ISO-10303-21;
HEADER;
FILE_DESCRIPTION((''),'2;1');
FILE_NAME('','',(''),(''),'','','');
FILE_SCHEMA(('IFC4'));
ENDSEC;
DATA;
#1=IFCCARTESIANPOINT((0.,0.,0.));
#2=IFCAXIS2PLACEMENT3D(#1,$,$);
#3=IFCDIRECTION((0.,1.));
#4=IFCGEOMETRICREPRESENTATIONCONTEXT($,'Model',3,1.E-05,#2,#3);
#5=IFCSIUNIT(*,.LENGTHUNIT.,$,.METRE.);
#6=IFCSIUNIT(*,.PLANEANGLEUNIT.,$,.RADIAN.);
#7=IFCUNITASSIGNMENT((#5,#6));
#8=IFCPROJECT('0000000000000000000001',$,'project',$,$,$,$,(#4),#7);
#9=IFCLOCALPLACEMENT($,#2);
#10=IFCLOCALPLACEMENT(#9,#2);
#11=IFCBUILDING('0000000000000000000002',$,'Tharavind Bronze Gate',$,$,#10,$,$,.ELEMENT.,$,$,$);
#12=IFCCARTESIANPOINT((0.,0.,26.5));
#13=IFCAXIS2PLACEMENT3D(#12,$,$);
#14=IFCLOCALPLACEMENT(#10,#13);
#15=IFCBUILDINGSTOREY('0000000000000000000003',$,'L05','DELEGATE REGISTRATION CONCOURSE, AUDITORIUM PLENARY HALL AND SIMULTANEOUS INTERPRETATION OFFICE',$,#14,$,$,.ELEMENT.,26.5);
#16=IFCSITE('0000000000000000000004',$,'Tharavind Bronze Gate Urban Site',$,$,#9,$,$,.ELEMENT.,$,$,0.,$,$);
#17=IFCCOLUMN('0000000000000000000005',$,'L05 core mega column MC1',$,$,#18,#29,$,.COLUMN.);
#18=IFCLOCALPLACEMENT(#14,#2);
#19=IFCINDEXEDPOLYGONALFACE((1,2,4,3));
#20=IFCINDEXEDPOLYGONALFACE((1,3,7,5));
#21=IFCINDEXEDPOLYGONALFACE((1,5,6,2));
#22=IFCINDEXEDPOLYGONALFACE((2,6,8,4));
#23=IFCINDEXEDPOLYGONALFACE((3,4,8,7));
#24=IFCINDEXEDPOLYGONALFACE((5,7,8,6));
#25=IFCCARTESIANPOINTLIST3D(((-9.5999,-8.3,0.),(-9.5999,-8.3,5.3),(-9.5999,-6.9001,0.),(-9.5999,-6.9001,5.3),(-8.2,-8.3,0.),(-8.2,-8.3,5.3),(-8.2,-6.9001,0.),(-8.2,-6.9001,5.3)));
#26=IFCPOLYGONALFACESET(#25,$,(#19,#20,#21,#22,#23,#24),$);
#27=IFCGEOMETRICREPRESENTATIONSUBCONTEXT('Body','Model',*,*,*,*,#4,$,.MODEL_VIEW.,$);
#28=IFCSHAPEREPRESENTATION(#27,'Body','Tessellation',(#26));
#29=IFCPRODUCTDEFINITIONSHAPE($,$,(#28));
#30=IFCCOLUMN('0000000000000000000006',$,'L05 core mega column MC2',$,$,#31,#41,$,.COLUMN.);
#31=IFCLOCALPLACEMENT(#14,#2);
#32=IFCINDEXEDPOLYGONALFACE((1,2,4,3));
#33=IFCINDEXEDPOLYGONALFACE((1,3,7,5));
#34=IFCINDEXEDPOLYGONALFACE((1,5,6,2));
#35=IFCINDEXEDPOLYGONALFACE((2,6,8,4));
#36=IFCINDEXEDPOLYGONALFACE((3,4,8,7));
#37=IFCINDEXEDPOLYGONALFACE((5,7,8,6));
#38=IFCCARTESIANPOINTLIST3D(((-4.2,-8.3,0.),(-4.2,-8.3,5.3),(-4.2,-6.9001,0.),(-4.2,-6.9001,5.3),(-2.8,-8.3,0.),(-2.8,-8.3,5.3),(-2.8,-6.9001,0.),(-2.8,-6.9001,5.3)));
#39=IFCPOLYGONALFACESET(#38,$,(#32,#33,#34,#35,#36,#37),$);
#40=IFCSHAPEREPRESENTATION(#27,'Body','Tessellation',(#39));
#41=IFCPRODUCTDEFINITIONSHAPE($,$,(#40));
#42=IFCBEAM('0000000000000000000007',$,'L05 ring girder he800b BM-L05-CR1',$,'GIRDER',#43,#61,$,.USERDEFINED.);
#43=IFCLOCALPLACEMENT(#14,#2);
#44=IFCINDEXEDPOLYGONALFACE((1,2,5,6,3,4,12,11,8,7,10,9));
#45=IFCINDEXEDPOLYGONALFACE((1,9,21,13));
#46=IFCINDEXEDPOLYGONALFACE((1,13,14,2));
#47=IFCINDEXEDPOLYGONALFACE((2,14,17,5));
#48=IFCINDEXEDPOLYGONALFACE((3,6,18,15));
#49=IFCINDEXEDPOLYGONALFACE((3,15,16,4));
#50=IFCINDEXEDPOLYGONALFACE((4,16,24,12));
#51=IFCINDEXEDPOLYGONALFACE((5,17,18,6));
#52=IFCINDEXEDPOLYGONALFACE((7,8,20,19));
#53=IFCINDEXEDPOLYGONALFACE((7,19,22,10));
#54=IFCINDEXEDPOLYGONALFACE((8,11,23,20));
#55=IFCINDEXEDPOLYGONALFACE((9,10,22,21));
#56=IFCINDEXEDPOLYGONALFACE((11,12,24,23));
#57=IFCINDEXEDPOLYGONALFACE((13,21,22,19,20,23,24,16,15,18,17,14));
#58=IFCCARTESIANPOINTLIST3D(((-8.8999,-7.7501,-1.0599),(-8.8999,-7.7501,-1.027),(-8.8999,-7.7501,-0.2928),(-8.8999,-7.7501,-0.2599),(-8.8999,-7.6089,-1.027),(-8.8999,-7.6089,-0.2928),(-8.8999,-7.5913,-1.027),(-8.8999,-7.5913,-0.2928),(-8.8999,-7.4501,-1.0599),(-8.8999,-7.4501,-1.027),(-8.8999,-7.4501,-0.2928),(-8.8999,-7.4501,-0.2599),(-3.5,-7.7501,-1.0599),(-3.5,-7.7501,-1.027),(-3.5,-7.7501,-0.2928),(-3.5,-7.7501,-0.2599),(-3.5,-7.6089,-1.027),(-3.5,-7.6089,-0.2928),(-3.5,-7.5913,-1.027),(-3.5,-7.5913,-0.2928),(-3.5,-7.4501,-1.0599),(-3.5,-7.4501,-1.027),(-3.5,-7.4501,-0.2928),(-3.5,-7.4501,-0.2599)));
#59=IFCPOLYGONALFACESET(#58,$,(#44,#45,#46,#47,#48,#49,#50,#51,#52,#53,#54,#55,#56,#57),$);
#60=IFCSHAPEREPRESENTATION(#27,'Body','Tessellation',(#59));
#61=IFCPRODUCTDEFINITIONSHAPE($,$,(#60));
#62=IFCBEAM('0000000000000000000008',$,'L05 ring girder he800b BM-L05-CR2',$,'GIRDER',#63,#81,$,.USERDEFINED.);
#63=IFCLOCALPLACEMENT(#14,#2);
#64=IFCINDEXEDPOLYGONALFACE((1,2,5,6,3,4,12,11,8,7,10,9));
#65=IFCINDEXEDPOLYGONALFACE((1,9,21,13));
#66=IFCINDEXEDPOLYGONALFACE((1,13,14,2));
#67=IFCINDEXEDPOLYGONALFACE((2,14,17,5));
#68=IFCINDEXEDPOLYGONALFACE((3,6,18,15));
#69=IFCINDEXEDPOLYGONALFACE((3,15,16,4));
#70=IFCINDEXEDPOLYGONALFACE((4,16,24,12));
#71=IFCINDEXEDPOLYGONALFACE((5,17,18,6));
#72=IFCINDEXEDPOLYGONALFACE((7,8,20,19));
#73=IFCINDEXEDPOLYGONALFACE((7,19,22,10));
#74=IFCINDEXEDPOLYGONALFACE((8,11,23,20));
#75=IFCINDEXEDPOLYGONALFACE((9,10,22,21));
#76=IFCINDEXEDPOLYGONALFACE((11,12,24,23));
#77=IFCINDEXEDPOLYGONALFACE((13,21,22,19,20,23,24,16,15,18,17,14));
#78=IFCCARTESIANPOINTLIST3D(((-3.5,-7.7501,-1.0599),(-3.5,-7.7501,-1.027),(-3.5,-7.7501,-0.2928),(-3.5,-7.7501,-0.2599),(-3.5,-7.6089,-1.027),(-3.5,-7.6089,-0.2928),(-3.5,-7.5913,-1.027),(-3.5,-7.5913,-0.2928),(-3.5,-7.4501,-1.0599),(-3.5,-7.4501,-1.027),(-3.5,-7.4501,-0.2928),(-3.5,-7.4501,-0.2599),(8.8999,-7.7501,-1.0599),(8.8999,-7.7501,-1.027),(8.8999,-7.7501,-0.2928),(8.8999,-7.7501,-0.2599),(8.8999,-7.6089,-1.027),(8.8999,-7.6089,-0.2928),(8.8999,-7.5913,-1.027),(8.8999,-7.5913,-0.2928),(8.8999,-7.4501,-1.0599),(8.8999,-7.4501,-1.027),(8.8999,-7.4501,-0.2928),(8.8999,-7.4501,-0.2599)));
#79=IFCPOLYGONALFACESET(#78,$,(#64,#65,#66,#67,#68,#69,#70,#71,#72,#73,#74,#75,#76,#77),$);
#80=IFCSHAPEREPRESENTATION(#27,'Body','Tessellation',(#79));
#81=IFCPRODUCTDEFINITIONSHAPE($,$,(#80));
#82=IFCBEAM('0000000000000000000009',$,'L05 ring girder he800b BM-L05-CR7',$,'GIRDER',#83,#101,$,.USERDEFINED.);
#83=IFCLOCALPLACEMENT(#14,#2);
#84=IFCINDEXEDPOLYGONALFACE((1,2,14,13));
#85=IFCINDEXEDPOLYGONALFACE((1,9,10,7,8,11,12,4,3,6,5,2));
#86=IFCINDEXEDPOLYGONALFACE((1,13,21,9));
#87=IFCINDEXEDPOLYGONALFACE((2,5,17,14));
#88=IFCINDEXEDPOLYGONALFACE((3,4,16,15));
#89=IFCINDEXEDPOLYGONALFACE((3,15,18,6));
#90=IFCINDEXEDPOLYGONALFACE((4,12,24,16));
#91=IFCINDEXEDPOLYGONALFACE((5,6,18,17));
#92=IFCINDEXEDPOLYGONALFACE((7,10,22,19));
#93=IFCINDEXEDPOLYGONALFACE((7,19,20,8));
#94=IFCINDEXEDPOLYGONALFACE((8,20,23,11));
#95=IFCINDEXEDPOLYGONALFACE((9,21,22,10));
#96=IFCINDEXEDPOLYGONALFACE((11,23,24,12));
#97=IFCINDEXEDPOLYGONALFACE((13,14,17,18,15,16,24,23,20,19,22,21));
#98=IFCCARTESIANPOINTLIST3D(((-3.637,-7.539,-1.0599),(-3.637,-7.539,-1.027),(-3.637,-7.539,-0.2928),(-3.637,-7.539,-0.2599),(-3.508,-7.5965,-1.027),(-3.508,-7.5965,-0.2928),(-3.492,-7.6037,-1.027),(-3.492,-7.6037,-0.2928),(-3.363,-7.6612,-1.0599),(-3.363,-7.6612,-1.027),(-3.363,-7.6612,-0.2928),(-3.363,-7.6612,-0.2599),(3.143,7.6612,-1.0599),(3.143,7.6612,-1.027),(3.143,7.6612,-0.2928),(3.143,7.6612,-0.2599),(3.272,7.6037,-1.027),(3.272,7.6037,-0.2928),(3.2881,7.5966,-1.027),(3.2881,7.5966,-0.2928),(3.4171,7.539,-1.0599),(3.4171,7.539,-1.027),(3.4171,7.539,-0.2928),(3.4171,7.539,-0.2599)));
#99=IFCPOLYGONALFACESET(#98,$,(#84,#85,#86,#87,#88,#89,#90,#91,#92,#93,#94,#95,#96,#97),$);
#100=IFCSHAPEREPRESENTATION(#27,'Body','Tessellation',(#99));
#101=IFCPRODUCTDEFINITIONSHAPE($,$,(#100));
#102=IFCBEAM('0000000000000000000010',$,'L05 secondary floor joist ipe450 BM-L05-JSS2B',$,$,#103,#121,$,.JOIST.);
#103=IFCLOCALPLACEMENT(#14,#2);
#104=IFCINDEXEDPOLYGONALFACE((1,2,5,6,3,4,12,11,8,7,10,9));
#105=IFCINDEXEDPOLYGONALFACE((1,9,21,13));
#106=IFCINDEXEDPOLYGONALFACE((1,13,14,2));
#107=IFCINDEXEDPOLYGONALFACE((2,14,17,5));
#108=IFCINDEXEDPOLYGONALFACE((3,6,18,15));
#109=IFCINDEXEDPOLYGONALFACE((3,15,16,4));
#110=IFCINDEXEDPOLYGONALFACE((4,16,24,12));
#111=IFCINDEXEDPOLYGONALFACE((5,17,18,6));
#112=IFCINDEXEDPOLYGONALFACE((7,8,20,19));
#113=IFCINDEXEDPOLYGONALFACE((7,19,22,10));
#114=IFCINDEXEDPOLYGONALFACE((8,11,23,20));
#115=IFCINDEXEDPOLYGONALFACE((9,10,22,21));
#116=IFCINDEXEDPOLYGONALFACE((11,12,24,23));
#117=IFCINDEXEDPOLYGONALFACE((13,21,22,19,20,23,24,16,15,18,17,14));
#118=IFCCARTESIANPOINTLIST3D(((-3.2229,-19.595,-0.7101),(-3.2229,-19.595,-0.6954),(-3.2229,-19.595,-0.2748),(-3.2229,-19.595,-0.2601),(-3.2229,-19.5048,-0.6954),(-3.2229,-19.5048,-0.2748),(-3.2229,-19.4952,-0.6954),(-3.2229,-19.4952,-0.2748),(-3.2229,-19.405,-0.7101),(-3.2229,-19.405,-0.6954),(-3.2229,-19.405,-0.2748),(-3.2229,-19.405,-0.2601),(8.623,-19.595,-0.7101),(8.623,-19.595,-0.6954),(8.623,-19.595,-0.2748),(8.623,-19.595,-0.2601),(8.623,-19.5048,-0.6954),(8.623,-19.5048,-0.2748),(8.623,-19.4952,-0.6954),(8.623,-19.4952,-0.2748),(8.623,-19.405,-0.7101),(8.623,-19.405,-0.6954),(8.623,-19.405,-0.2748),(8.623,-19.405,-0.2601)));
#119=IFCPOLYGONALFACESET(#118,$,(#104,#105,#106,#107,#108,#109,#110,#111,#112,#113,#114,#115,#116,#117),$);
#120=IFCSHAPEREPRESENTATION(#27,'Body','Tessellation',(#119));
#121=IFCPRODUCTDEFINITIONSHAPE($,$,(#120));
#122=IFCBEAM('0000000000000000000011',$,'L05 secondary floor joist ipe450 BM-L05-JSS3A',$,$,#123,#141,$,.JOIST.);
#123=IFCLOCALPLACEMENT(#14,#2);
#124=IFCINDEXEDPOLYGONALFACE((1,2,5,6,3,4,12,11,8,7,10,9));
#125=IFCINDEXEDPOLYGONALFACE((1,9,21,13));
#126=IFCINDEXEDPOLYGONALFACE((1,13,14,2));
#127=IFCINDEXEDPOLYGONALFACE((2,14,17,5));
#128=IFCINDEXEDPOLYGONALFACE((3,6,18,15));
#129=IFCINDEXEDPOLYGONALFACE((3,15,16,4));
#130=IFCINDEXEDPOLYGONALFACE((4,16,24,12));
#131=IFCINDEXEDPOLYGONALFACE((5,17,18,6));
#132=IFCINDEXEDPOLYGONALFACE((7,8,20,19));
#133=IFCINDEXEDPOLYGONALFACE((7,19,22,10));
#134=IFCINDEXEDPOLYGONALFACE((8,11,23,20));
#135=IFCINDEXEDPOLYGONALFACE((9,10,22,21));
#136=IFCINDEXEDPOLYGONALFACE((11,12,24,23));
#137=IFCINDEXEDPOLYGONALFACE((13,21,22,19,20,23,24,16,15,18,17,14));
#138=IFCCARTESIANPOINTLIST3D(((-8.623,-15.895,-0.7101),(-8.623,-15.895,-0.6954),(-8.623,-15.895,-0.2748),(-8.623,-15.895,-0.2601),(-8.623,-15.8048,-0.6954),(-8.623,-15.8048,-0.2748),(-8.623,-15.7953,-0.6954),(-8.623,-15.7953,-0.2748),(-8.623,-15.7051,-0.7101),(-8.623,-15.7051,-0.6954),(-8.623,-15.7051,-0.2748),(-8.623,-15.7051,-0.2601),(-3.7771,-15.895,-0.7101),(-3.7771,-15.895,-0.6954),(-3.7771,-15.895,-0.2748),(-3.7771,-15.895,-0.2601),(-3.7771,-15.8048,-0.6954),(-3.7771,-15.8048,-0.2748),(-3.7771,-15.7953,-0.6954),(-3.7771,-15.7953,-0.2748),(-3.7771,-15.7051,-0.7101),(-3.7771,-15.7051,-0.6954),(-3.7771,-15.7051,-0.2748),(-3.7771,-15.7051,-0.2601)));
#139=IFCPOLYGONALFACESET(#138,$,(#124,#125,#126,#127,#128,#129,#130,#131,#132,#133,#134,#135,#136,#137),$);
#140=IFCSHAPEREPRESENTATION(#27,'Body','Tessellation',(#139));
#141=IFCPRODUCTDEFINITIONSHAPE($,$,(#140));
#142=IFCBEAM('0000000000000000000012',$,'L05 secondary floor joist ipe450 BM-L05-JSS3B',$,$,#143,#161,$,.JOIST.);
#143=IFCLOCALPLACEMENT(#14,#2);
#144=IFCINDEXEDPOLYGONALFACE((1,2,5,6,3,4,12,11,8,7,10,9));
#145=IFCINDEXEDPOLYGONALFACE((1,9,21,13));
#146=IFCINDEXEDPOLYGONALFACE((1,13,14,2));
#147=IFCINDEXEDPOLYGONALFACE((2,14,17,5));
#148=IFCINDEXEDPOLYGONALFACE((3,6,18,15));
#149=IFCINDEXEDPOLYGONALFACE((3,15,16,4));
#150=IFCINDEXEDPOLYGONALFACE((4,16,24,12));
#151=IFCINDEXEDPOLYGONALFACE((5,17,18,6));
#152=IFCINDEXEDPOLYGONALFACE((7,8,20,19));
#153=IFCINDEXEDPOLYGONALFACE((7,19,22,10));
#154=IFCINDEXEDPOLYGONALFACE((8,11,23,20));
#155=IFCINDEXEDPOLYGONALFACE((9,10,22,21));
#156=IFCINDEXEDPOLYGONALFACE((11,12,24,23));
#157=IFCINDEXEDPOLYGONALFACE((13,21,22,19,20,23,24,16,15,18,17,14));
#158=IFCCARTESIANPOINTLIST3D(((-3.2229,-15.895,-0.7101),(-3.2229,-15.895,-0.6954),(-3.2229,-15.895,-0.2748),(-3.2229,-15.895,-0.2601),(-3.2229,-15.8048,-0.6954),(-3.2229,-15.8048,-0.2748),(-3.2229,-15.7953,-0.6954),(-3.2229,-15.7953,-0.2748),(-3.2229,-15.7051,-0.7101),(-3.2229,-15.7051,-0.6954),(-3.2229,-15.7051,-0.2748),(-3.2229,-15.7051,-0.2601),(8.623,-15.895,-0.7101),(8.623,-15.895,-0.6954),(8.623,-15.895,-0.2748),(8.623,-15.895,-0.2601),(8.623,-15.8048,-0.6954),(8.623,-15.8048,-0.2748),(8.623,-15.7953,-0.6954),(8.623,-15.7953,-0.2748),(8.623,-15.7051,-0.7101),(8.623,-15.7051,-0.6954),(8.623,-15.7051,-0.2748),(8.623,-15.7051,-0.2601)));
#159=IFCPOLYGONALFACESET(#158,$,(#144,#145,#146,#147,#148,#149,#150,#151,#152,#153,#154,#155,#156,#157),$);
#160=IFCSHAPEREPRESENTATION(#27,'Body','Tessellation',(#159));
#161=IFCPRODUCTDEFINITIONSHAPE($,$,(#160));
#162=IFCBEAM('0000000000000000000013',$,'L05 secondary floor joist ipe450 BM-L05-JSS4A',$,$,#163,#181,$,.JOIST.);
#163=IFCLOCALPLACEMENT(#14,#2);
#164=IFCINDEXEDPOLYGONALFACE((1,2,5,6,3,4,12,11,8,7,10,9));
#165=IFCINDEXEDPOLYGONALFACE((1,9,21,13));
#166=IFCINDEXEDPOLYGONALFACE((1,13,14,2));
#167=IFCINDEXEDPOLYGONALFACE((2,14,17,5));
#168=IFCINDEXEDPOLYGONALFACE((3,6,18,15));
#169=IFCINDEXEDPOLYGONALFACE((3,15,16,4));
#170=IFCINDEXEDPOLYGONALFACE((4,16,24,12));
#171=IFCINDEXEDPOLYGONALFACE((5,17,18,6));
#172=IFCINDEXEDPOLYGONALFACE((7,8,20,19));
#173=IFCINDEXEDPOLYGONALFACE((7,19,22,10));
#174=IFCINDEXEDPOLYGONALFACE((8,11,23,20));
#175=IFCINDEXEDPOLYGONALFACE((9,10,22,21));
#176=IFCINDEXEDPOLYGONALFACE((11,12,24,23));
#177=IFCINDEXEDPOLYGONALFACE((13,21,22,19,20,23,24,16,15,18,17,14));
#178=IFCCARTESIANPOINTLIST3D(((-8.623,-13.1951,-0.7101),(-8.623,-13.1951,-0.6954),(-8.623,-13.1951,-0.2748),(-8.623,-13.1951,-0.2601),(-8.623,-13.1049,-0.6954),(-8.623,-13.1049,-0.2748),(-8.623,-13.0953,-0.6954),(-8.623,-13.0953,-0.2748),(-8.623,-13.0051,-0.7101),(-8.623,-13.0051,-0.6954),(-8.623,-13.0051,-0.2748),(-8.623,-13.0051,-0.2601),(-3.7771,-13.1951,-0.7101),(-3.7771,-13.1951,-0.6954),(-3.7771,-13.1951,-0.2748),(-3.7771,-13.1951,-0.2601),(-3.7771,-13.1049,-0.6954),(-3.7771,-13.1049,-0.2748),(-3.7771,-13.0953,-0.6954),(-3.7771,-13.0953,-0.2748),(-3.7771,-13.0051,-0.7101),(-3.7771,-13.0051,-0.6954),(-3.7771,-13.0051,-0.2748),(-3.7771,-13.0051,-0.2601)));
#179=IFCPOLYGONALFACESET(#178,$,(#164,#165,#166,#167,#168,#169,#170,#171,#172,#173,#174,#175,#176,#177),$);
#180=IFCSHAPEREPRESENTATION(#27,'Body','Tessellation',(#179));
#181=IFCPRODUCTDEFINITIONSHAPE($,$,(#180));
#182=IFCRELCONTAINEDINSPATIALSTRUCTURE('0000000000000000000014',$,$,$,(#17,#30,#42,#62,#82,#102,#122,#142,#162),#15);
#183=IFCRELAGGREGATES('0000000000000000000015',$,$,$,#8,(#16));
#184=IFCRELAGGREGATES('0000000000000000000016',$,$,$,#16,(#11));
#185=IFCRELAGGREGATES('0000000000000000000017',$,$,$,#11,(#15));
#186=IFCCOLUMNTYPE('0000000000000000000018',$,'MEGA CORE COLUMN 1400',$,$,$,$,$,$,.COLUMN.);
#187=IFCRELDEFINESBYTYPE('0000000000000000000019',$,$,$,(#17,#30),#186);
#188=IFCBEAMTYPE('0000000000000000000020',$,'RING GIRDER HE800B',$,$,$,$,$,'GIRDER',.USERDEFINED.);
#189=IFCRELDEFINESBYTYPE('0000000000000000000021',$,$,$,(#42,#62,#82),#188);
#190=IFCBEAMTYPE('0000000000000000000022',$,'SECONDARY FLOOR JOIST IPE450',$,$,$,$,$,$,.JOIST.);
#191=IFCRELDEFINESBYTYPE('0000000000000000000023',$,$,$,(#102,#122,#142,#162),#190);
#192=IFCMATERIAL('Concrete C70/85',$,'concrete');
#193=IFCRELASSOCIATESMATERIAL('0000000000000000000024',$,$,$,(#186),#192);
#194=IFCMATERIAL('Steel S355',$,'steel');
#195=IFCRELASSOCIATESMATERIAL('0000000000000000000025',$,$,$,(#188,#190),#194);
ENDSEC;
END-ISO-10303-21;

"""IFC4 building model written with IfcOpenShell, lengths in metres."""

from ifc_helpers import new_model, si_unit, direction, frame, origin, origin_2d, place, context, subcontext, project, spatial, rectangle, i_section, extrude, material, material_profile, profile_set, type_object, element, save


model = new_model("IFC4")

# Units and contexts
model_context = context("Model", 3, precision=1e-05, world=origin(), true_north=direction((0.0, 1.0)))
body_context = subcontext(model_context, "Body", "Model", "MODEL_VIEW")
ifc_project = project(units=[si_unit("LENGTHUNIT", "METRE"), si_unit("PLANEANGLEUNIT", "RADIAN")], contexts=[model_context])

# Site, building, storey
site_placement = place(None, origin())
site = spatial("IfcSite", under=ifc_project, at=site_placement, Name="Tharavind Bronze Gate Urban Site", CompositionType="ELEMENT", RefElevation=0.0)
building_placement = place(site_placement, origin())
building = spatial("IfcBuilding", under=site, at=building_placement, Name="Tharavind Bronze Gate", CompositionType="ELEMENT")
storey_placement = place(building_placement, frame((0.0, 0.0, 26.5)))
storey = spatial("IfcBuildingStorey", under=building, at=storey_placement, Name="L05", Description="DELEGATE REGISTRATION CONCOURSE, AUDITORIUM PLENARY HALL AND SIMULTANEOUS INTERPRETATION OFFICE", CompositionType="ELEMENT", Elevation=26.5)

# Columns
ifc_material_1 = material(Name="Concrete C70/85", Category="concrete")
ifc_material_profile_1 = material_profile(ifc_material_1, rectangle(XDim=1.3999, YDim=1.3999, at=origin_2d()), Name="RCCOL1400")
ifc_profile_set_1 = profile_set([ifc_material_profile_1], Name="Concrete C70/85")
column_type = type_object("IfcColumnType", Name="MEGA CORE COLUMN 1400", PredefinedType="COLUMN", material=ifc_profile_set_1)
for number, where, z_axis, x_axis, name in (
    (1, (-8.8999, -7.6001, 0.0), (0.0, 0.0, 1.0), (1.0, 0.0, 0.0), "L05 core mega column MC1"),
    (2, (-3.5, -7.6001, 0.0), (0.0, 0.0, 1.0), (1.0, 0.0, 0.0), "L05 core mega column MC2"),
):
    element("IfcColumn", number, at=place(storey_placement, frame(where, z_axis=z_axis, x_axis=x_axis)), inside=storey, type_object=column_type, Name=name, PredefinedType="COLUMN", context=body_context, shape_type="SweptSolid", body=[
        extrude(rectangle(XDim=1.3999, YDim=1.3999, at=origin_2d()), origin(), (0.0, 0.0, 1.0), 5.3),
    ])

# Beams
ifc_material_2 = material(Name="Steel S355", Category="steel")
ifc_material_profile_2 = material_profile(ifc_material_2, i_section(OverallWidth=0.3, OverallDepth=0.8, WebThickness=0.0176, FlangeThickness=0.033, at=origin_2d()), Name="HE800B")
ifc_profile_set_2 = profile_set([ifc_material_profile_2], Name="Steel S355")
beam_type_1 = type_object("IfcBeamType", Name="RING GIRDER HE800B", ElementType="GIRDER", PredefinedType="USERDEFINED", material=ifc_profile_set_2)
beam_1_placement = place(storey_placement, frame((-8.8999, -7.6001, -0.6599), z_axis=(1.0, 0.0, 0.0), x_axis=(0.0, 1.0, 0.0)))
element("IfcBeam", 3, at=beam_1_placement, inside=storey, type_object=beam_type_1, Name="L05 ring girder he800b BM-L05-CR1", ObjectType="GIRDER", PredefinedType="USERDEFINED", context=body_context, shape_type="SweptSolid", body=[
    extrude(i_section(OverallWidth=0.3, OverallDepth=0.8, WebThickness=0.0176, FlangeThickness=0.033, at=origin_2d()), origin(), (0.0, 0.0, 1.0), 5.3999),
])
beam_2_placement = place(storey_placement, frame((-3.5, -7.6001, -0.6599), z_axis=(1.0, 0.0, 0.0), x_axis=(0.0, 1.0, 0.0)))
element("IfcBeam", 4, at=beam_2_placement, inside=storey, type_object=beam_type_1, Name="L05 ring girder he800b BM-L05-CR2", ObjectType="GIRDER", PredefinedType="USERDEFINED", context=body_context, shape_type="SweptSolid", body=[
    extrude(i_section(OverallWidth=0.3, OverallDepth=0.8, WebThickness=0.0176, FlangeThickness=0.033, at=origin_2d()), origin(), (0.0, 0.0, 1.0), 12.3999),
])
beam_3_placement = place(storey_placement, frame((-3.5, -7.6001, -0.6599), z_axis=(0.407362, 0.913267, 0.0), x_axis=(-0.913267, 0.407362, 0.0)))
element("IfcBeam", 5, at=beam_3_placement, inside=storey, type_object=beam_type_1, Name="L05 ring girder he800b BM-L05-CR7", ObjectType="GIRDER", PredefinedType="USERDEFINED", context=body_context, shape_type="SweptSolid", body=[
    extrude(i_section(OverallWidth=0.3, OverallDepth=0.8, WebThickness=0.0176, FlangeThickness=0.033, at=origin_2d()), origin(), (0.0, 0.0, 1.0), 16.6438),
])
ifc_material_profile_3 = material_profile(ifc_material_2, i_section(OverallWidth=0.1899, OverallDepth=0.45, WebThickness=0.0095, FlangeThickness=0.0146, at=origin_2d()), Name="IPE450")
ifc_profile_set_3 = profile_set([ifc_material_profile_3], Name="Steel S355")
beam_type_2 = type_object("IfcBeamType", Name="SECONDARY FLOOR JOIST IPE450", PredefinedType="JOIST", material=ifc_profile_set_3)
beam_4_placement = place(storey_placement, frame((-3.2229, -19.5, -0.4851), z_axis=(1.0, 0.0, 0.0), x_axis=(0.0, 1.0, 0.0)))
element("IfcBeam", 6, at=beam_4_placement, inside=storey, type_object=beam_type_2, Name="L05 secondary floor joist ipe450 BM-L05-JSS2B", PredefinedType="JOIST", context=body_context, shape_type="SweptSolid", body=[
    extrude(i_section(OverallWidth=0.1899, OverallDepth=0.45, WebThickness=0.0095, FlangeThickness=0.0146, at=origin_2d()), origin(), (0.0, 0.0, 1.0), 11.8459),
])
beam_5_placement = place(storey_placement, frame((-8.623, -15.8, -0.4851), z_axis=(1.0, 0.0, 0.0), x_axis=(0.0, 1.0, 0.0)))
element("IfcBeam", 7, at=beam_5_placement, inside=storey, type_object=beam_type_2, Name="L05 secondary floor joist ipe450 BM-L05-JSS3A", PredefinedType="JOIST", context=body_context, shape_type="SweptSolid", body=[
    extrude(i_section(OverallWidth=0.1899, OverallDepth=0.45, WebThickness=0.0095, FlangeThickness=0.0146, at=origin_2d()), origin(), (0.0, 0.0, 1.0), 4.8459),
])
beam_6_placement = place(storey_placement, frame((-3.2229, -15.8, -0.4851), z_axis=(1.0, 0.0, 0.0), x_axis=(0.0, 1.0, 0.0)))
element("IfcBeam", 8, at=beam_6_placement, inside=storey, type_object=beam_type_2, Name="L05 secondary floor joist ipe450 BM-L05-JSS3B", PredefinedType="JOIST", context=body_context, shape_type="SweptSolid", body=[
    extrude(i_section(OverallWidth=0.1899, OverallDepth=0.45, WebThickness=0.0095, FlangeThickness=0.0146, at=origin_2d()), origin(), (0.0, 0.0, 1.0), 11.8459),
])
beam_7_placement = place(storey_placement, frame((-8.623, -13.1001, -0.4851), z_axis=(1.0, 0.0, 0.0), x_axis=(0.0, 1.0, 0.0)))
element("IfcBeam", 9, at=beam_7_placement, inside=storey, type_object=beam_type_2, Name="L05 secondary floor joist ipe450 BM-L05-JSS4A", PredefinedType="JOIST", context=body_context, shape_type="SweptSolid", body=[
    extrude(i_section(OverallWidth=0.1899, OverallDepth=0.45, WebThickness=0.0095, FlangeThickness=0.0146, at=origin_2d()), origin(), (0.0, 0.0, 1.0), 4.8459),
])

save(model, "model.ifc")
